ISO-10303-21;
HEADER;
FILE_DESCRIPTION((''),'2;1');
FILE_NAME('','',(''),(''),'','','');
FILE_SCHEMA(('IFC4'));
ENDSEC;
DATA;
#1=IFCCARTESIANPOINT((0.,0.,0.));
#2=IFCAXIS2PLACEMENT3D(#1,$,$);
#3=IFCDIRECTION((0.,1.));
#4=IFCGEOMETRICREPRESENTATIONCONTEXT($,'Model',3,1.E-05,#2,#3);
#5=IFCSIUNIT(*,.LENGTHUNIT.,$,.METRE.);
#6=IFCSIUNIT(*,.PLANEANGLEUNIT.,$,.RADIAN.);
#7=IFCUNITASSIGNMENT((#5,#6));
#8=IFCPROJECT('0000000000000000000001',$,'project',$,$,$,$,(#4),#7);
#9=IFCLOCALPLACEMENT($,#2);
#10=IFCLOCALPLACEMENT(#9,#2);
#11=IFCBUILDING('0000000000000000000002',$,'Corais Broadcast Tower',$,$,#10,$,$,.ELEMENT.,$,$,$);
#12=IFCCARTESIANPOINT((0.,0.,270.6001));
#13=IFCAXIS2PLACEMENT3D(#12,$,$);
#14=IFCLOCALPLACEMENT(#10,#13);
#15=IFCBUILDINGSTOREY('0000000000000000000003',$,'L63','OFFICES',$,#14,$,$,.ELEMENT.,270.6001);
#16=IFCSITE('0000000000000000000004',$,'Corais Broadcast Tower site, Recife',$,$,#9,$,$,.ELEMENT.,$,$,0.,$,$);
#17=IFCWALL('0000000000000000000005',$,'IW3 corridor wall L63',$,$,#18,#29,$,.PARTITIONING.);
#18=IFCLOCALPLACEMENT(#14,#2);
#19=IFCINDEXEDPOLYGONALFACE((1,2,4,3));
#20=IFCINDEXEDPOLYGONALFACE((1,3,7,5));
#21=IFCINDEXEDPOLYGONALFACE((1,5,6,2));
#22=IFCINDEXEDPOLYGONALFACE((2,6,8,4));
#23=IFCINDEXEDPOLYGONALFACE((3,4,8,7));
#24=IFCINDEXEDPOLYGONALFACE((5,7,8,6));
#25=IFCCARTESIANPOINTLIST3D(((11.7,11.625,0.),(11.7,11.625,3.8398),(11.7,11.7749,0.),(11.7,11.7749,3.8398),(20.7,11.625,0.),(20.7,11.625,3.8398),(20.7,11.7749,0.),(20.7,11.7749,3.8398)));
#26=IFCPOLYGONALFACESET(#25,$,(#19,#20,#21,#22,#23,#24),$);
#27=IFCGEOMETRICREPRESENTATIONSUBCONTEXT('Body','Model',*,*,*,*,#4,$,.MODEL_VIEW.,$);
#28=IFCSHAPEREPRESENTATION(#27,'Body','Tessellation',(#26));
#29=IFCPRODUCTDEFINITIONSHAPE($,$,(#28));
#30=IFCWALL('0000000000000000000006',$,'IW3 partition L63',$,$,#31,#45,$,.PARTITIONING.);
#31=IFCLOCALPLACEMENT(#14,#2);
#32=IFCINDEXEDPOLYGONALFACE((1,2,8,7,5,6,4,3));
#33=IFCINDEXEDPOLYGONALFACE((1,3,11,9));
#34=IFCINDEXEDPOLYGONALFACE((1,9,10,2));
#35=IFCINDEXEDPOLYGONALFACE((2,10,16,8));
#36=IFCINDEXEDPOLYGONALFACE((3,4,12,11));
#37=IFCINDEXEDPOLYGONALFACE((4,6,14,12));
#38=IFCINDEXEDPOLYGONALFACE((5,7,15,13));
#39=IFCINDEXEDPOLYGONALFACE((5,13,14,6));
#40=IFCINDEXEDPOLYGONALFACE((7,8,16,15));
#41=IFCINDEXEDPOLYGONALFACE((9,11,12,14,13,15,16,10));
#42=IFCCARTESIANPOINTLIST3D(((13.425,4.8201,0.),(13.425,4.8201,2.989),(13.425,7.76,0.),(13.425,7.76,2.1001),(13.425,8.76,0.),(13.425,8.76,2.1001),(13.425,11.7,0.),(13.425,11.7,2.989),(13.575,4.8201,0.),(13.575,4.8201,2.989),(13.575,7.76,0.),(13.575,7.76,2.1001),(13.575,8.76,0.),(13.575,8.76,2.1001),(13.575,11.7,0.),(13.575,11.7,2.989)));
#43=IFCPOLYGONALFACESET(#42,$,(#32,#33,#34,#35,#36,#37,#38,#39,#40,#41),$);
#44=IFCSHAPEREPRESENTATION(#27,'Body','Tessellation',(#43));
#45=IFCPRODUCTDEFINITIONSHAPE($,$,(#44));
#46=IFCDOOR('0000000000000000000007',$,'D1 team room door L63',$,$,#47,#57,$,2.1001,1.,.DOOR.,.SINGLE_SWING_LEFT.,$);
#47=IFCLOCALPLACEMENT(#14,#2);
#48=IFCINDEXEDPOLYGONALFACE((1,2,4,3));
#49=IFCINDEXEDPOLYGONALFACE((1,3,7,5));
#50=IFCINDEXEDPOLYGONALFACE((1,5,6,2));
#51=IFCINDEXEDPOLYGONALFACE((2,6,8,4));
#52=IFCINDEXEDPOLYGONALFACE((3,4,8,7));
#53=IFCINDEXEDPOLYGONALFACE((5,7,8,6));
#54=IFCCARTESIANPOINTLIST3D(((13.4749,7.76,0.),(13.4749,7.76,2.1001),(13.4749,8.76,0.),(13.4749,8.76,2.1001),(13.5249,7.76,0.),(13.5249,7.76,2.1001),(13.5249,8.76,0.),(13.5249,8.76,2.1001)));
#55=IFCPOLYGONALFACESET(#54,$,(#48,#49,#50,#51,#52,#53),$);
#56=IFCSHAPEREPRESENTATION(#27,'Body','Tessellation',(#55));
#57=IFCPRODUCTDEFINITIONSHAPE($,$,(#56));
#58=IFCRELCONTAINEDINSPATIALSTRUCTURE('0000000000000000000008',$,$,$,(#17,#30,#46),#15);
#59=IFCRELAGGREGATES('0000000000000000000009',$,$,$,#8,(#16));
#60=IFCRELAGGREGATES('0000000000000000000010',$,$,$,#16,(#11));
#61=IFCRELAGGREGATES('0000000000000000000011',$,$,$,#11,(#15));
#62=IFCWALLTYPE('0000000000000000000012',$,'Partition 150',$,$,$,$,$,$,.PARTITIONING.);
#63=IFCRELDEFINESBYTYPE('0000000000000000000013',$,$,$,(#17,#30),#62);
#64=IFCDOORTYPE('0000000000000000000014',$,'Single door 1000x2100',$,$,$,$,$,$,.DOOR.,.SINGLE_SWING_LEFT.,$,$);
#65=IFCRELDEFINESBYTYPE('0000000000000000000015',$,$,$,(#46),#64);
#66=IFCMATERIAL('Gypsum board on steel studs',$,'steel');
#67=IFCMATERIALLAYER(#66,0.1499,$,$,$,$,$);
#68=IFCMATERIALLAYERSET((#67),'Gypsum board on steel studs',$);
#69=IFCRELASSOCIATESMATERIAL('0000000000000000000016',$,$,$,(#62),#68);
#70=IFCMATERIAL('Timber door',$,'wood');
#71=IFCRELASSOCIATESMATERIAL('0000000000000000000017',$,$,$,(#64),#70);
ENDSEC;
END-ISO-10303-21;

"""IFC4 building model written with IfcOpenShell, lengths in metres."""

from ifc_helpers import new_model, si_unit, direction, frame, frame_2d, origin, place, context, subcontext, project, spatial, rectangle, extrude, material, layer, layer_set, type_object, element, fill, save


model = new_model("IFC4")

# Units and contexts
model_context = context("Model", 3, precision=1e-05, world=origin(), true_north=direction((0.0, 1.0)))
body_context = subcontext(model_context, "Body", "Model", "MODEL_VIEW")
ifc_project = project(units=[si_unit("LENGTHUNIT", "METRE"), si_unit("PLANEANGLEUNIT", "RADIAN")], contexts=[model_context])

# Site, building, storey
site_placement = place(None, origin())
site = spatial("IfcSite", under=ifc_project, at=site_placement, Name="Corais Broadcast Tower site, Recife", CompositionType="ELEMENT", RefElevation=0.0)
building_placement = place(site_placement, origin())
building = spatial("IfcBuilding", under=site, at=building_placement, Name="Corais Broadcast Tower", CompositionType="ELEMENT")
storey_placement = place(building_placement, frame((0.0, 0.0, 270.6001)))
storey = spatial("IfcBuildingStorey", under=building, at=storey_placement, Name="L63", Description="OFFICES", CompositionType="ELEMENT", Elevation=270.6001)

# Wall
ifc_material_1 = material(Name="Gypsum board on steel studs", Category="steel")
ifc_layer_1 = layer(ifc_material_1, 0.1499)
ifc_layer_set_1 = layer_set([ifc_layer_1], Name="Gypsum board on steel studs")
wall_type_1 = type_object("IfcWallType", Name="Partition 150", PredefinedType="PARTITIONING", material=ifc_layer_set_1)
wall_1_placement = place(storey_placement, frame((11.7, 11.7, 0.0), z_axis=(0.0, 0.0, 1.0), x_axis=(1.0, 0.0, 0.0)))
element("IfcWall", 1, at=wall_1_placement, inside=storey, type_object=wall_type_1, Name="IW3 corridor wall L63", PredefinedType="PARTITIONING", context=body_context, shape_type="SweptSolid", body=[
    extrude(rectangle(XDim=9.0, YDim=0.1499, at=frame_2d((4.5, 0.0))), origin(), (0.0, 0.0, 1.0), 3.8398),
])

# Wall, opening, door
wall_2_placement = place(storey_placement, frame((13.5, 11.7, 0.0), z_axis=(0.0, 0.0, 1.0), x_axis=(0.0, -1.0, 0.0)))
wall_2 = element("IfcWall", 2, at=wall_2_placement, inside=storey, type_object=wall_type_1, Name="IW3 partition L63", PredefinedType="PARTITIONING", context=body_context, shape_type="SweptSolid", body=[
    extrude(rectangle(XDim=6.8799, YDim=0.1499, at=frame_2d((3.4399, 0.0))), origin(), (0.0, 0.0, 1.0), 2.989),
])
opening_1_placement = place(wall_2_placement, frame((2.9399, 0.0, 0.0)))
opening_1 = element("IfcOpeningElement", 3, at=opening_1_placement, cuts=wall_2, PredefinedType="OPENING", context=body_context, shape_type="SweptSolid", body=[
    extrude(rectangle(XDim=1.0, YDim=2.1001, at=frame_2d((0.5, 1.05))), frame((0.0, 0.085, 0.0), z_axis=(0.0, -1.0, 0.0), x_axis=(1.0, 0.0, 0.0)), (0.0, 0.0, 1.0), 0.1699),
])
ifc_material_2 = material(Name="Timber door", Category="wood")
door_type_1 = type_object("IfcDoorType", Name="Single door 1000x2100", OperationType="SINGLE_SWING_LEFT", PredefinedType="DOOR", material=ifc_material_2)
door_1_placement = place(opening_1_placement, origin())
door_1 = element("IfcDoor", 4, at=door_1_placement, inside=storey, type_object=door_type_1, Name="D1 team room door L63", OperationType="SINGLE_SWING_LEFT", OverallHeight=2.1001, OverallWidth=1.0, PredefinedType="DOOR", context=body_context, shape_type="SweptSolid", body=[
    extrude(rectangle(XDim=1.0, YDim=2.1001, at=frame_2d((0.5, 1.05))), frame((0.0, 0.0249, 0.0), z_axis=(0.0, -1.0, 0.0), x_axis=(1.0, 0.0, 0.0)), (0.0, 0.0, 1.0), 0.05),
])
fill(opening_1, door_1)

save(model, "model.ifc")
